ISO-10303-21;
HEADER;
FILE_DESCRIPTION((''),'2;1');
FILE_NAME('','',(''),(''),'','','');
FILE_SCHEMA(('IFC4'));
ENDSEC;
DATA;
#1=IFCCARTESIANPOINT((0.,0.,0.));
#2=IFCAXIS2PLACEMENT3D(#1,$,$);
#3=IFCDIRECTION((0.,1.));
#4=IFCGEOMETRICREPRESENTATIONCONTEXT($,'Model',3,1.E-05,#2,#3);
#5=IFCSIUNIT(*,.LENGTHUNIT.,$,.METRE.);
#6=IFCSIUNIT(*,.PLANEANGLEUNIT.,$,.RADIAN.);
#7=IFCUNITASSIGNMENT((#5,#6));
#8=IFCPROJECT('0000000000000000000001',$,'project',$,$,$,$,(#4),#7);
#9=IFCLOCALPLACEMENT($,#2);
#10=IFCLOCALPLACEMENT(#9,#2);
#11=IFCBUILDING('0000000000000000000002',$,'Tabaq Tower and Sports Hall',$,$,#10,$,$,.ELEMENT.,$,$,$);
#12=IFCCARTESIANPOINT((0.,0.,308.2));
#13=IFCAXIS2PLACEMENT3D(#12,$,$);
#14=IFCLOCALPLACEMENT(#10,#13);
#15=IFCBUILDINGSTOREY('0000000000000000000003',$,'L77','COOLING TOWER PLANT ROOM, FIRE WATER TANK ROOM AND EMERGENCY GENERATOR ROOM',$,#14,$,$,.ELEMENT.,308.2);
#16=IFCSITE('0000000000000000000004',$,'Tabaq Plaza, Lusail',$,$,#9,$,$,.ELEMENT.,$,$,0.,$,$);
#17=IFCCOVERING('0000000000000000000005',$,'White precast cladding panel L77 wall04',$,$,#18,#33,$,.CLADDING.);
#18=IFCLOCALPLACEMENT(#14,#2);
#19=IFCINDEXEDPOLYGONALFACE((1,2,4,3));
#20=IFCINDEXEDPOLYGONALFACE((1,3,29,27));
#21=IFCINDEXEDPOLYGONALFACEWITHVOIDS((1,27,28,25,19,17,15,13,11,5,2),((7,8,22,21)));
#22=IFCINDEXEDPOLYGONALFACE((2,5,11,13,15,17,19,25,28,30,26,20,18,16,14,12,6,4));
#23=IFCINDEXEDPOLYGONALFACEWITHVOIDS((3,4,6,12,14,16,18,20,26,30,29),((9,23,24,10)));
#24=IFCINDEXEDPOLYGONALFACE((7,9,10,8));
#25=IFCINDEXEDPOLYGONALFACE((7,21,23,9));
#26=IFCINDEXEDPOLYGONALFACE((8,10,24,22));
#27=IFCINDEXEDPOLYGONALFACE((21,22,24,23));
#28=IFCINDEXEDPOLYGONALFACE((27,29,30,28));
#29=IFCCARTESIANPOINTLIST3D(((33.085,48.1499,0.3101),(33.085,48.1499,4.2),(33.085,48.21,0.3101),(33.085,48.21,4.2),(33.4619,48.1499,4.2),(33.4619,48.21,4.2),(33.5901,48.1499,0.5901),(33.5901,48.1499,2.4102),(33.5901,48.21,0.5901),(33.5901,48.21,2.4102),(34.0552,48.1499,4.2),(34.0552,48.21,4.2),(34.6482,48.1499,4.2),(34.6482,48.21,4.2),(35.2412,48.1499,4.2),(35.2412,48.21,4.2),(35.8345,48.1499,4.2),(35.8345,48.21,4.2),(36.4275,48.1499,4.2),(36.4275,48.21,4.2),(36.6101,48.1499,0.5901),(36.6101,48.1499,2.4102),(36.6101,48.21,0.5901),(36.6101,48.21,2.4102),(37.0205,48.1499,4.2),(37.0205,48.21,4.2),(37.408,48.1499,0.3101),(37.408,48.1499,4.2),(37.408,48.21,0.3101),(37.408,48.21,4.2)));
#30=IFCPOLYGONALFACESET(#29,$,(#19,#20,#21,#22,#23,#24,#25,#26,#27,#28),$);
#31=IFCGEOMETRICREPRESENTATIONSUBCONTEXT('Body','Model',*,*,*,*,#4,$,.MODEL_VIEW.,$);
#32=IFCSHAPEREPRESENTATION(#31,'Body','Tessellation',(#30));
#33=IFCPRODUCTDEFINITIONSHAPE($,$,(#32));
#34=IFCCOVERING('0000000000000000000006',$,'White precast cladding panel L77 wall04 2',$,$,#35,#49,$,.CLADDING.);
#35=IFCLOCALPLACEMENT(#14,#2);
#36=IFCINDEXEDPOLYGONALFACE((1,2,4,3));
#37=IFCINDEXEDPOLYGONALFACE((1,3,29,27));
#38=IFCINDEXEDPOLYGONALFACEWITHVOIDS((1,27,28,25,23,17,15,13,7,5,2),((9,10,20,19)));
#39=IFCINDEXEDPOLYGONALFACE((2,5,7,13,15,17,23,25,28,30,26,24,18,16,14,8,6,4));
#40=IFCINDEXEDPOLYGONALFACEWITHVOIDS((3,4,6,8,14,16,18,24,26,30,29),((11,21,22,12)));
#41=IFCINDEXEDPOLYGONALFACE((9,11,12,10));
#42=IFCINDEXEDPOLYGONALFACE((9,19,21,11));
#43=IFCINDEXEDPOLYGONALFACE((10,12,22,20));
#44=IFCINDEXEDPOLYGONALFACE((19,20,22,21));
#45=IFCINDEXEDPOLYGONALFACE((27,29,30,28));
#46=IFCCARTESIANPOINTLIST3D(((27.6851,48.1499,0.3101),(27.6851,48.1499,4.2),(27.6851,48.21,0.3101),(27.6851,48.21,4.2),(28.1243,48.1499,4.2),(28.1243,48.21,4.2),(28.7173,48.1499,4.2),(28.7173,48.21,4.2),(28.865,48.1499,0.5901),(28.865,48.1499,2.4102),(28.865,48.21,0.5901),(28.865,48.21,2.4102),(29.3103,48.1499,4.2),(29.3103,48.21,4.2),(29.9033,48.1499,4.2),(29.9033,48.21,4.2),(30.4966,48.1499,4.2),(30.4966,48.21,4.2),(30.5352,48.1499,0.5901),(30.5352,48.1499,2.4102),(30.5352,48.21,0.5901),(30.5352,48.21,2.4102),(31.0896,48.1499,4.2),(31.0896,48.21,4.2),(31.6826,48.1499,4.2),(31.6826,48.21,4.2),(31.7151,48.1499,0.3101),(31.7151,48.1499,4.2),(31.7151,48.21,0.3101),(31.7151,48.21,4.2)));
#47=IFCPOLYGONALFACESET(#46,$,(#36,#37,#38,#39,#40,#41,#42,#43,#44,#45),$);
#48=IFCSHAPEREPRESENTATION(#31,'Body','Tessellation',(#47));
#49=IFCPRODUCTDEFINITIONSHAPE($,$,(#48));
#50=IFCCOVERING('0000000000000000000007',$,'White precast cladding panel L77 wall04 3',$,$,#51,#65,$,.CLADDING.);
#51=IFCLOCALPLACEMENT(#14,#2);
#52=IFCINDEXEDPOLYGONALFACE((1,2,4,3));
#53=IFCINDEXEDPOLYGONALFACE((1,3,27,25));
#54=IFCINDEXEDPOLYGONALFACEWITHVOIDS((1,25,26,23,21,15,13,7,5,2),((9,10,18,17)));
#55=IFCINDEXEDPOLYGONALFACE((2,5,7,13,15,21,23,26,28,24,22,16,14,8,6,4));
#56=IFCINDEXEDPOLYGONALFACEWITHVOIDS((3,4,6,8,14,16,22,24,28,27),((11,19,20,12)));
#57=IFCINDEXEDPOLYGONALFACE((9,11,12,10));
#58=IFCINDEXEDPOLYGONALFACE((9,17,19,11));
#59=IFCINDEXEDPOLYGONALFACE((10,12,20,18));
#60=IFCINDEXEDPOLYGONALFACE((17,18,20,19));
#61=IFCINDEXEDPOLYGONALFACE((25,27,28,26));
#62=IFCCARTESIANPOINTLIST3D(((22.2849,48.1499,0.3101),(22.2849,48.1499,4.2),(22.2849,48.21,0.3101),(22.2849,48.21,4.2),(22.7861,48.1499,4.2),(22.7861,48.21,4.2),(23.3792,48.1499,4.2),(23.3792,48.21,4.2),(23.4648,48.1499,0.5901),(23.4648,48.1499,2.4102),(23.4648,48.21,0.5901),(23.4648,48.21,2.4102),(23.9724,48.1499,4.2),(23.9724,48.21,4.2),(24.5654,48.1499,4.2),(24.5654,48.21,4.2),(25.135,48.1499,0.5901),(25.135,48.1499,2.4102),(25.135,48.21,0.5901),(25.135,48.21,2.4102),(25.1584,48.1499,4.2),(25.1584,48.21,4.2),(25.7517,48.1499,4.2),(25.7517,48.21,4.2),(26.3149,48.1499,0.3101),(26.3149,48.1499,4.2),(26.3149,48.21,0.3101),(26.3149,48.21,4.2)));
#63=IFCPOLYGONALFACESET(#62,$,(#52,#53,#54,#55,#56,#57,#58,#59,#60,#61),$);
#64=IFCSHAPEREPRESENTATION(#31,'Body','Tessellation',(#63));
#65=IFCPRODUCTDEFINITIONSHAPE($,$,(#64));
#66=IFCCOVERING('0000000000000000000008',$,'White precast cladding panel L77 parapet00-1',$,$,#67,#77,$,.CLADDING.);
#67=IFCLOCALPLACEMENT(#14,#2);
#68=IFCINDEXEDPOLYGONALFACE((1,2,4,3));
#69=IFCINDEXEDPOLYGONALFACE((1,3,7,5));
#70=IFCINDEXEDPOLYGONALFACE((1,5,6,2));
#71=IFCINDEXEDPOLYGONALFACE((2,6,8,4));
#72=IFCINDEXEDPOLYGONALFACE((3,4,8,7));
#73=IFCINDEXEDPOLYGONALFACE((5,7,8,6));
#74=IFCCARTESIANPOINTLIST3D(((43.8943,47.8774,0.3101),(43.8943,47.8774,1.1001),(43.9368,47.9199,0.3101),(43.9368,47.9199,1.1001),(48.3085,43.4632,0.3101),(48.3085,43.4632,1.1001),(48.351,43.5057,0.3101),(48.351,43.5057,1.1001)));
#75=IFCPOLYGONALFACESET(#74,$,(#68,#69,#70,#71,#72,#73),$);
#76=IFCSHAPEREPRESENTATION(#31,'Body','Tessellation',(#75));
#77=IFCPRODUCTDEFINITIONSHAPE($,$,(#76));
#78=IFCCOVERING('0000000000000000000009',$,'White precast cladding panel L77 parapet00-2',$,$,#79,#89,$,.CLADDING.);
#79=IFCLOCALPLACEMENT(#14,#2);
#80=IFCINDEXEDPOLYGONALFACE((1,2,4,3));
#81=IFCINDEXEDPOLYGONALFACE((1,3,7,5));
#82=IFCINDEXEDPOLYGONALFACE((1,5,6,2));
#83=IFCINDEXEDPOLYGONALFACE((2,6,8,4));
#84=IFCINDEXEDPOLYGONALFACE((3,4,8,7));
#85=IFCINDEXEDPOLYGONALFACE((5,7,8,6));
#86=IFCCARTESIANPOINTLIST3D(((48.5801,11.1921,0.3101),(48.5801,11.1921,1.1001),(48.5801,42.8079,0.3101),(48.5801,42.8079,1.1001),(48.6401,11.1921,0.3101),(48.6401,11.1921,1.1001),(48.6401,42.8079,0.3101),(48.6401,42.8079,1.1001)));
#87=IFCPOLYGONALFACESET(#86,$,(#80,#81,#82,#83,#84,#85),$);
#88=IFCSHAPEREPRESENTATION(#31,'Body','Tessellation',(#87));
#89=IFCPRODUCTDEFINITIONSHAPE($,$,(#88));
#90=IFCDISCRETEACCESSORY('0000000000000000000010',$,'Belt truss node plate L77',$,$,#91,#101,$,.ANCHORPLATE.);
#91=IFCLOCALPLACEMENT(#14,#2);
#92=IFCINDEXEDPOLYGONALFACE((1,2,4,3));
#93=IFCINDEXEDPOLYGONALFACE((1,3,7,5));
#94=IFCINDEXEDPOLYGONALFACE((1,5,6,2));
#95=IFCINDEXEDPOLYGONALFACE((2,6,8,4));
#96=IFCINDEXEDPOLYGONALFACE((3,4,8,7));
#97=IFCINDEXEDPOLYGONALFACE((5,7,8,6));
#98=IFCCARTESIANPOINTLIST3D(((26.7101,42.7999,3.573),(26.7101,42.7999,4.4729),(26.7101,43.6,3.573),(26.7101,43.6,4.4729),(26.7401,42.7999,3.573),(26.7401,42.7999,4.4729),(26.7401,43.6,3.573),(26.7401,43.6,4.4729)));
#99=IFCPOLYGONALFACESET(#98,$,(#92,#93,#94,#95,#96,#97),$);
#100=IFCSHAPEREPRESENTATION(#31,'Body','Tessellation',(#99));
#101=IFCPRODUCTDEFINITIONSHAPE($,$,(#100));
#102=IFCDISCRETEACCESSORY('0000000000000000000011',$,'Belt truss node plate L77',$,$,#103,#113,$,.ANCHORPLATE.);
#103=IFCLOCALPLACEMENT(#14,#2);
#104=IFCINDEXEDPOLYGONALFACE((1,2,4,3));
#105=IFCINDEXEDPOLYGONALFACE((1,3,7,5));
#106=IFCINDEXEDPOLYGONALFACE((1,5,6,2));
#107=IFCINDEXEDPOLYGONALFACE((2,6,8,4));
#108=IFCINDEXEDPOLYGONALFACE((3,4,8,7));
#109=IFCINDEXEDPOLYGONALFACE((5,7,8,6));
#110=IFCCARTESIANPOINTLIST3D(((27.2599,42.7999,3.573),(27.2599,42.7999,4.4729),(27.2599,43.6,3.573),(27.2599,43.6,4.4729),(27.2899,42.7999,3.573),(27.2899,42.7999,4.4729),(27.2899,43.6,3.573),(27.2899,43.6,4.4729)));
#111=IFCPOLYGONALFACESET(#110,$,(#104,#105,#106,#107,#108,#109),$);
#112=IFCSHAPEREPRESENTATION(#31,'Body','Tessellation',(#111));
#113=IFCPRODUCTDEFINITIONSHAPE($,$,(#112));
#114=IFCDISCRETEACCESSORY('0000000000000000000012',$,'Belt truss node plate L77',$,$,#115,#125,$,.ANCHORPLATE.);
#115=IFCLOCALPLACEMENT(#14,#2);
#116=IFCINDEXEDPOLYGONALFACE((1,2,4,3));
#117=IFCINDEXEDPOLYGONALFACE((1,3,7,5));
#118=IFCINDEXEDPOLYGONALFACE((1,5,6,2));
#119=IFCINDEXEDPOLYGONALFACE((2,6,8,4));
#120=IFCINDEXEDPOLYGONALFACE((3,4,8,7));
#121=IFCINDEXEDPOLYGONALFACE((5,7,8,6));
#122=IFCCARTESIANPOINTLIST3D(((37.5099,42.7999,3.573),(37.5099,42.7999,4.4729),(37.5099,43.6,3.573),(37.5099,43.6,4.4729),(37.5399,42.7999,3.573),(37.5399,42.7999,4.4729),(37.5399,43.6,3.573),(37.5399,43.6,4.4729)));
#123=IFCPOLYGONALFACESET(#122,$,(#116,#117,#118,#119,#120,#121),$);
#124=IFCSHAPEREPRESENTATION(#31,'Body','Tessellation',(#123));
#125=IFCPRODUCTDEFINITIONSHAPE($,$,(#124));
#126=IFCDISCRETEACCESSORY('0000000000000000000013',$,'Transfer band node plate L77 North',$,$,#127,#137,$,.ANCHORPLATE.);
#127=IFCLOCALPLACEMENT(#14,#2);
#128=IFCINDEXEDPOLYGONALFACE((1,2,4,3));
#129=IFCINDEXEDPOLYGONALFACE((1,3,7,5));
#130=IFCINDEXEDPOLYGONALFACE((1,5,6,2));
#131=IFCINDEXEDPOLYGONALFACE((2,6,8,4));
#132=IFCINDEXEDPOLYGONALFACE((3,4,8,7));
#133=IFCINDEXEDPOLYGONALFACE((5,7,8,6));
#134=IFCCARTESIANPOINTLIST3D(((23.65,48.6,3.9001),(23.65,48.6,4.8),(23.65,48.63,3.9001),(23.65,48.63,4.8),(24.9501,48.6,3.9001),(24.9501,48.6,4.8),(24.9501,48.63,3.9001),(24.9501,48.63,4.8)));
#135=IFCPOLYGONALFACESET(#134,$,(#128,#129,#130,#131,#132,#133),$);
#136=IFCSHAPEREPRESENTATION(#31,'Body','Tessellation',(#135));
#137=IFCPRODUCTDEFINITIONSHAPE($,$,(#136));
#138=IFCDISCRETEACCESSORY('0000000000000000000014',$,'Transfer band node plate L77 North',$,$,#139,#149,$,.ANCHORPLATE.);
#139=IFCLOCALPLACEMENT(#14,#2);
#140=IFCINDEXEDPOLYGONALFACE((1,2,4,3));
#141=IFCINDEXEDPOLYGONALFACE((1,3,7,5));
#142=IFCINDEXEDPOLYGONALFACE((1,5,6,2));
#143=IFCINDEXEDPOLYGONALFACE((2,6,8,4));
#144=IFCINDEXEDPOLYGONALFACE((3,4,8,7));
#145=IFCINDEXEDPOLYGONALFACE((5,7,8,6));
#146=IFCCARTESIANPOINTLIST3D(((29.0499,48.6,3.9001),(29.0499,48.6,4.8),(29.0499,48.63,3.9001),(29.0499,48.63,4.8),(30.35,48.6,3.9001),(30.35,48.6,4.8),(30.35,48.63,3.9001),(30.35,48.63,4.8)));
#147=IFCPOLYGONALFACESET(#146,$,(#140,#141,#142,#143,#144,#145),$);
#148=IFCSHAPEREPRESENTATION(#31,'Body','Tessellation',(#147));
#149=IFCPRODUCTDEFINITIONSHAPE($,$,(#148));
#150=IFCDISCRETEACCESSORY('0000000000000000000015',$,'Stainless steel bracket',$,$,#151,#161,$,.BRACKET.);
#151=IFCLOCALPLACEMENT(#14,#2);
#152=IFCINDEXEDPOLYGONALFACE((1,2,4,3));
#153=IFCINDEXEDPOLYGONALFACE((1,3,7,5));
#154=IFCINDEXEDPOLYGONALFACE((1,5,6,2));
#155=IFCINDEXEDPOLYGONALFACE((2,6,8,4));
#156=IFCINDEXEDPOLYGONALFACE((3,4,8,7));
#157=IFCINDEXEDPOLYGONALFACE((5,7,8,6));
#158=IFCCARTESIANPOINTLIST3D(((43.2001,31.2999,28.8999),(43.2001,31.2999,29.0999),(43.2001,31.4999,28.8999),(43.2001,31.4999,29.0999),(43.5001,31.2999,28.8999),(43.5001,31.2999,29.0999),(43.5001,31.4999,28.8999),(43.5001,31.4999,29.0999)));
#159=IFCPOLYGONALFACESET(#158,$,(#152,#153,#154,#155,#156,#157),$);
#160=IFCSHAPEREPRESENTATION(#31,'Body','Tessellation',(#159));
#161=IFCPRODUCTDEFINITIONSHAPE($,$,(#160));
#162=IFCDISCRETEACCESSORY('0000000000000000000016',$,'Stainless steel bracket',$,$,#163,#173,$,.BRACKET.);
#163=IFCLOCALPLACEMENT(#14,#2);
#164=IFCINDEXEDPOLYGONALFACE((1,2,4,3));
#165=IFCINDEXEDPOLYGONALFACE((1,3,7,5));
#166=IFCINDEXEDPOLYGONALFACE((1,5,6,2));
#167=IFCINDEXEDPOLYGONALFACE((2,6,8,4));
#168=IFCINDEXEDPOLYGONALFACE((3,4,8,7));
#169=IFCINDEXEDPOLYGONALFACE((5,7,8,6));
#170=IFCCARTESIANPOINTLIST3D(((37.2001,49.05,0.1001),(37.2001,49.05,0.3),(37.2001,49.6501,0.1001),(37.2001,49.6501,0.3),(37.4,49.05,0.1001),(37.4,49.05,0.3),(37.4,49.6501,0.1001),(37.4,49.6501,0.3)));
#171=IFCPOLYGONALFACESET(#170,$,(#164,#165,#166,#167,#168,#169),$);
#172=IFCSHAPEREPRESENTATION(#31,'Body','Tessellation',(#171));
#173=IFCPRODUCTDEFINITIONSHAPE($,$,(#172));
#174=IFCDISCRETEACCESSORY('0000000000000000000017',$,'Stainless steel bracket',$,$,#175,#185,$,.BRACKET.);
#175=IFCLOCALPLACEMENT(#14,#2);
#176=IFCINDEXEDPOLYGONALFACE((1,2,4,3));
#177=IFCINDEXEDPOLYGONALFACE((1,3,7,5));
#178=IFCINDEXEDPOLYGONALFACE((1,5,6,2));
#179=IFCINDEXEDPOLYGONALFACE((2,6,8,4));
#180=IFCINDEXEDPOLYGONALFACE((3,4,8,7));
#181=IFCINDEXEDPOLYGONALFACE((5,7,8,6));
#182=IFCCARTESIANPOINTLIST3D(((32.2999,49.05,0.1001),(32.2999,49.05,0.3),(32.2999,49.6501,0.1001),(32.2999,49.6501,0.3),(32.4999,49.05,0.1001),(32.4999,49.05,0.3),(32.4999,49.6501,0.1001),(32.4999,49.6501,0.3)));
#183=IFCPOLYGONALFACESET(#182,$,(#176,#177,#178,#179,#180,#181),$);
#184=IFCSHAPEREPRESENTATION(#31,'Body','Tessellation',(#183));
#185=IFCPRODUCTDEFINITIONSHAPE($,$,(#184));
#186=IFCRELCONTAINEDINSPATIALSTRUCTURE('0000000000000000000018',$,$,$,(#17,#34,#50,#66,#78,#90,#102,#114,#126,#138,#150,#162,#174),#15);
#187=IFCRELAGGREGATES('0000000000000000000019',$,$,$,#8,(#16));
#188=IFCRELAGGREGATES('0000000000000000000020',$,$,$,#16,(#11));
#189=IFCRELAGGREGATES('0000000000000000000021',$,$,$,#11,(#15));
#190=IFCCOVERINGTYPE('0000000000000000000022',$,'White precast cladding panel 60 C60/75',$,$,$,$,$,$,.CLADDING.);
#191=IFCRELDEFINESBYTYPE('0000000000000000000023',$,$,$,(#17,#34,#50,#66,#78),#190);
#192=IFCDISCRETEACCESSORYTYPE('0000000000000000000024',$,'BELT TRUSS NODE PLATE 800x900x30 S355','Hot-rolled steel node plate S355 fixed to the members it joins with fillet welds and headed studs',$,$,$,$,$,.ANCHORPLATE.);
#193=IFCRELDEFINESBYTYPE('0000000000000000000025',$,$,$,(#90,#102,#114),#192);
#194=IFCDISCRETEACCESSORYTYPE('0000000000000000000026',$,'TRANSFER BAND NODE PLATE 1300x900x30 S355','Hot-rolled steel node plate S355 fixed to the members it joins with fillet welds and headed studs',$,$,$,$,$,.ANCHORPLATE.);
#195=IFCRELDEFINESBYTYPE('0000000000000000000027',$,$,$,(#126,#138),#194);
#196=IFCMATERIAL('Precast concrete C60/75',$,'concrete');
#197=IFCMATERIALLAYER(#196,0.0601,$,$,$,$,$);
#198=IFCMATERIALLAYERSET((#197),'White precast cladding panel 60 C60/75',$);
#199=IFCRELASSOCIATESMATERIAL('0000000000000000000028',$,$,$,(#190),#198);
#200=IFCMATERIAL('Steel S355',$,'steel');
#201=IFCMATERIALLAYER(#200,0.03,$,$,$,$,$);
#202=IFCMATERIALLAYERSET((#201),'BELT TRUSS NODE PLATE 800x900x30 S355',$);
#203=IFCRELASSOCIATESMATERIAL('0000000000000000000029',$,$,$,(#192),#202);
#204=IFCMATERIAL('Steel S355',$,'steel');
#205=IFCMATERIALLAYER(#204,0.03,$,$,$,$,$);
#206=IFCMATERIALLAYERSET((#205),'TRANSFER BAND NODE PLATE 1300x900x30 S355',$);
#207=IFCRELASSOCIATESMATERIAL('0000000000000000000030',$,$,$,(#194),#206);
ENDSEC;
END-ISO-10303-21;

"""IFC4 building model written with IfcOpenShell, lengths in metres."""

from ifc_helpers import new_model, si_unit, direction, frame, frame_2d, origin, origin_2d, place, context, subcontext, project, spatial, polyline, rectangle, outline, extrude, material, layer, layer_set, type_object, element, save


model = new_model("IFC4")

# Units and contexts
model_context = context("Model", 3, precision=1e-05, world=origin(), true_north=direction((0.0, 1.0)))
body_context = subcontext(model_context, "Body", "Model", "MODEL_VIEW")
ifc_project = project(units=[si_unit("LENGTHUNIT", "METRE"), si_unit("PLANEANGLEUNIT", "RADIAN")], contexts=[model_context])

# Site, building, storey
site_placement = place(None, origin())
site = spatial("IfcSite", under=ifc_project, at=site_placement, Name="Tabaq Plaza, Lusail", CompositionType="ELEMENT", RefElevation=0.0)
building_placement = place(site_placement, origin())
building = spatial("IfcBuilding", under=site, at=building_placement, Name="Tabaq Tower and Sports Hall", CompositionType="ELEMENT")
storey_placement = place(building_placement, frame((0.0, 0.0, 308.2)))
storey = spatial("IfcBuildingStorey", under=building, at=storey_placement, Name="L77", Description="COOLING TOWER PLANT ROOM, FIRE WATER TANK ROOM AND EMERGENCY GENERATOR ROOM", CompositionType="ELEMENT", Elevation=308.2)

# Coverings
ifc_material_1 = material(Name="Precast concrete C60/75", Category="concrete")
ifc_layer_1 = layer(ifc_material_1, 0.0601)
ifc_layer_set_1 = layer_set([ifc_layer_1], Name="White precast cladding panel 60 C60/75")
covering_type = type_object("IfcCoveringType", Name="White precast cladding panel 60 C60/75", PredefinedType="CLADDING", material=ifc_layer_set_1)
covering_1_placement = place(storey_placement, frame((37.408, 48.1799, 0.3101), z_axis=(0.0, 0.0, 1.0), x_axis=(-1.0, 0.0, 0.0)))
element("IfcCovering", 1, at=covering_1_placement, inside=storey, type_object=covering_type, Name="White precast cladding panel L77 wall04", PredefinedType="CLADDING", context=body_context, shape_type="SweptSolid", body=[
    extrude(outline(polyline([(0.0, 0.0), (4.323, 0.0), (4.323, 3.8899), (3.946, 3.8899), (3.3528, 3.8899), (2.7598, 3.8899), (2.1667, 3.8899), (1.5735, 3.8899), (0.9805, 3.8899), (0.3875, 3.8899), (0.0, 3.8899), (0.0, 0.0)]), holes=[polyline([(0.7979, 0.28), (0.7979, 2.1001), (3.8179, 2.1001), (3.8179, 0.28), (0.7979, 0.28)])]), frame((0.0, 0.03, 0.0), z_axis=(0.0, -1.0, 0.0), x_axis=(1.0, 0.0, 0.0)), (0.0, 0.0, 1.0), 0.0601),
])
covering_2_placement = place(storey_placement, frame((31.7151, 48.1799, 0.3101), z_axis=(0.0, 0.0, 1.0), x_axis=(-1.0, 0.0, 0.0)))
element("IfcCovering", 2, at=covering_2_placement, inside=storey, type_object=covering_type, Name="White precast cladding panel L77 wall04 2", PredefinedType="CLADDING", context=body_context, shape_type="SweptSolid", body=[
    extrude(outline(polyline([(0.0, 0.0), (4.03, 0.0), (4.03, 3.8899), (3.5908, 3.8899), (2.9978, 3.8899), (2.4048, 3.8899), (1.8118, 3.8899), (1.2185, 3.8899), (0.6255, 3.8899), (0.0325, 3.8899), (0.0, 3.8899), (0.0, 0.0)]), holes=[polyline([(1.1799, 0.28), (1.1799, 2.1001), (2.8501, 2.1001), (2.8501, 0.28), (1.1799, 0.28)])]), frame((0.0, 0.03, 0.0), z_axis=(0.0, -1.0, 0.0), x_axis=(1.0, 0.0, 0.0)), (0.0, 0.0, 1.0), 0.0601),
])
covering_3_placement = place(storey_placement, frame((26.3149, 48.1799, 0.3101), z_axis=(0.0, 0.0, 1.0), x_axis=(-1.0, 0.0, 0.0)))
element("IfcCovering", 3, at=covering_3_placement, inside=storey, type_object=covering_type, Name="White precast cladding panel L77 wall04 3", PredefinedType="CLADDING", context=body_context, shape_type="SweptSolid", body=[
    extrude(outline(polyline([(0.0, 0.0), (4.03, 0.0), (4.03, 3.8899), (3.5288, 3.8899), (2.9358, 3.8899), (2.3425, 3.8899), (1.7495, 3.8899), (1.1565, 3.8899), (0.5632, 3.8899), (0.0, 3.8899), (0.0, 0.0)]), holes=[polyline([(1.1799, 0.28), (1.1799, 2.1001), (2.8501, 2.1001), (2.8501, 0.28), (1.1799, 0.28)])]), frame((0.0, 0.03, 0.0), z_axis=(0.0, -1.0, 0.0), x_axis=(1.0, 0.0, 0.0)), (0.0, 0.0, 1.0), 0.0601),
])
covering_4_placement = place(storey_placement, frame((43.9155, 47.8987, 0.3101), z_axis=(0.0, 0.0, 1.0), x_axis=(0.707107, -0.707107, 0.0)))
element("IfcCovering", 4, at=covering_4_placement, inside=storey, type_object=covering_type, Name="White precast cladding panel L77 parapet00-1", PredefinedType="CLADDING", context=body_context, shape_type="SweptSolid", body=[
    extrude(rectangle(XDim=6.2427, YDim=0.0601, at=frame_2d((3.1213, 0.0))), origin(), (0.0, 0.0, 1.0), 0.79),
])
covering_5_placement = place(storey_placement, frame((48.6101, 42.8079, 0.3101), z_axis=(0.0, 0.0, 1.0), x_axis=(0.0, -1.0, 0.0)))
element("IfcCovering", 5, at=covering_5_placement, inside=storey, type_object=covering_type, Name="White precast cladding panel L77 parapet00-2", PredefinedType="CLADDING", context=body_context, shape_type="SweptSolid", body=[
    extrude(rectangle(XDim=31.6157, YDim=0.0601, at=frame_2d((15.8079, 0.0))), origin(), (0.0, 0.0, 1.0), 0.79),
])

# Discrete accessories
ifc_material_2 = material(Name="Steel S355", Category="steel")
ifc_layer_2 = layer(ifc_material_2, 0.03)
ifc_layer_set_2 = layer_set([ifc_layer_2], Name="BELT TRUSS NODE PLATE 800x900x30 S355")
discrete_accessory_type_1 = type_object("IfcDiscreteAccessoryType", Name="BELT TRUSS NODE PLATE 800x900x30 S355", Description="Hot-rolled steel node plate S355 fixed to the members it joins with fillet welds and headed studs", PredefinedType="ANCHORPLATE", material=ifc_layer_set_2)
for number, where, z_axis, x_axis, name in (
    (6, (26.7251, 43.2, 3.573), (0.0, 0.0, 1.0), (1.0, 0.0, 0.0), "Belt truss node plate L77"),
    (7, (27.2749, 43.2, 3.573), (0.0, 0.0, 1.0), (1.0, 0.0, 0.0), "Belt truss node plate L77"),
    (8, (37.5249, 43.2, 3.573), (0.0, 0.0, 1.0), (1.0, 0.0, 0.0), "Belt truss node plate L77"),
):
    element("IfcDiscreteAccessory", number, at=place(storey_placement, frame(where, z_axis=z_axis, x_axis=x_axis)), inside=storey, type_object=discrete_accessory_type_1, Name=name, PredefinedType="ANCHORPLATE", context=body_context, shape_type="SweptSolid", body=[
        extrude(rectangle(XDim=0.03, YDim=0.8, at=origin_2d()), origin(), (0.0, 0.0, 1.0), 0.8999),
    ])
ifc_material_3 = material(Name="Steel S355", Category="steel")
ifc_layer_3 = layer(ifc_material_3, 0.03)
ifc_layer_set_3 = layer_set([ifc_layer_3], Name="TRANSFER BAND NODE PLATE 1300x900x30 S355")
discrete_accessory_type_2 = type_object("IfcDiscreteAccessoryType", Name="TRANSFER BAND NODE PLATE 1300x900x30 S355", Description="Hot-rolled steel node plate S355 fixed to the members it joins with fillet welds and headed studs", PredefinedType="ANCHORPLATE", material=ifc_layer_set_3)
for number, where, z_axis, x_axis, name in (
    (9, (24.3, 48.615, 3.9001), (0.0, 0.0, 1.0), (-1.0, 0.0, 0.0), "Transfer band node plate L77 North"),
    (10, (29.7, 48.615, 3.9001), (0.0, 0.0, 1.0), (-1.0, 0.0, 0.0), "Transfer band node plate L77 North"),
):
    element("IfcDiscreteAccessory", number, at=place(storey_placement, frame(where, z_axis=z_axis, x_axis=x_axis)), inside=storey, type_object=discrete_accessory_type_2, Name=name, PredefinedType="ANCHORPLATE", context=body_context, shape_type="SweptSolid", body=[
        extrude(rectangle(XDim=1.3, YDim=0.03, at=origin_2d()), origin(), (0.0, 0.0, 1.0), 0.8999),
    ])
discrete_accessory_placement = place(storey_placement, frame((43.3501, 31.3999, 28.8999), z_axis=(0.0, 0.0, 1.0), x_axis=(0.0, 1.0, 0.0)))
element("IfcDiscreteAccessory", 11, at=discrete_accessory_placement, inside=storey, Name="Stainless steel bracket", PredefinedType="BRACKET", context=body_context, shape_type="SweptSolid", body=[
    extrude(rectangle(XDim=0.2, YDim=0.3, at=origin_2d()), origin(), (0.0, 0.0, 1.0), 0.2),
])
for number, where, z_axis, x_axis, name in (
    (12, (37.3, 49.3501, 0.1001), (0.0, 0.0, 1.0), (0.0, 1.0, 0.0), "Stainless steel bracket"),
    (13, (32.3999, 49.3501, 0.1001), (0.0, 0.0, 1.0), (0.0, 1.0, 0.0), "Stainless steel bracket"),
):
    element("IfcDiscreteAccessory", number, at=place(storey_placement, frame(where, z_axis=z_axis, x_axis=x_axis)), inside=storey, Name=name, PredefinedType="BRACKET", context=body_context, shape_type="SweptSolid", body=[
        extrude(rectangle(XDim=0.6001, YDim=0.2, at=origin_2d()), origin(), (0.0, 0.0, 1.0), 0.2),
    ])

save(model, "model.ifc")
